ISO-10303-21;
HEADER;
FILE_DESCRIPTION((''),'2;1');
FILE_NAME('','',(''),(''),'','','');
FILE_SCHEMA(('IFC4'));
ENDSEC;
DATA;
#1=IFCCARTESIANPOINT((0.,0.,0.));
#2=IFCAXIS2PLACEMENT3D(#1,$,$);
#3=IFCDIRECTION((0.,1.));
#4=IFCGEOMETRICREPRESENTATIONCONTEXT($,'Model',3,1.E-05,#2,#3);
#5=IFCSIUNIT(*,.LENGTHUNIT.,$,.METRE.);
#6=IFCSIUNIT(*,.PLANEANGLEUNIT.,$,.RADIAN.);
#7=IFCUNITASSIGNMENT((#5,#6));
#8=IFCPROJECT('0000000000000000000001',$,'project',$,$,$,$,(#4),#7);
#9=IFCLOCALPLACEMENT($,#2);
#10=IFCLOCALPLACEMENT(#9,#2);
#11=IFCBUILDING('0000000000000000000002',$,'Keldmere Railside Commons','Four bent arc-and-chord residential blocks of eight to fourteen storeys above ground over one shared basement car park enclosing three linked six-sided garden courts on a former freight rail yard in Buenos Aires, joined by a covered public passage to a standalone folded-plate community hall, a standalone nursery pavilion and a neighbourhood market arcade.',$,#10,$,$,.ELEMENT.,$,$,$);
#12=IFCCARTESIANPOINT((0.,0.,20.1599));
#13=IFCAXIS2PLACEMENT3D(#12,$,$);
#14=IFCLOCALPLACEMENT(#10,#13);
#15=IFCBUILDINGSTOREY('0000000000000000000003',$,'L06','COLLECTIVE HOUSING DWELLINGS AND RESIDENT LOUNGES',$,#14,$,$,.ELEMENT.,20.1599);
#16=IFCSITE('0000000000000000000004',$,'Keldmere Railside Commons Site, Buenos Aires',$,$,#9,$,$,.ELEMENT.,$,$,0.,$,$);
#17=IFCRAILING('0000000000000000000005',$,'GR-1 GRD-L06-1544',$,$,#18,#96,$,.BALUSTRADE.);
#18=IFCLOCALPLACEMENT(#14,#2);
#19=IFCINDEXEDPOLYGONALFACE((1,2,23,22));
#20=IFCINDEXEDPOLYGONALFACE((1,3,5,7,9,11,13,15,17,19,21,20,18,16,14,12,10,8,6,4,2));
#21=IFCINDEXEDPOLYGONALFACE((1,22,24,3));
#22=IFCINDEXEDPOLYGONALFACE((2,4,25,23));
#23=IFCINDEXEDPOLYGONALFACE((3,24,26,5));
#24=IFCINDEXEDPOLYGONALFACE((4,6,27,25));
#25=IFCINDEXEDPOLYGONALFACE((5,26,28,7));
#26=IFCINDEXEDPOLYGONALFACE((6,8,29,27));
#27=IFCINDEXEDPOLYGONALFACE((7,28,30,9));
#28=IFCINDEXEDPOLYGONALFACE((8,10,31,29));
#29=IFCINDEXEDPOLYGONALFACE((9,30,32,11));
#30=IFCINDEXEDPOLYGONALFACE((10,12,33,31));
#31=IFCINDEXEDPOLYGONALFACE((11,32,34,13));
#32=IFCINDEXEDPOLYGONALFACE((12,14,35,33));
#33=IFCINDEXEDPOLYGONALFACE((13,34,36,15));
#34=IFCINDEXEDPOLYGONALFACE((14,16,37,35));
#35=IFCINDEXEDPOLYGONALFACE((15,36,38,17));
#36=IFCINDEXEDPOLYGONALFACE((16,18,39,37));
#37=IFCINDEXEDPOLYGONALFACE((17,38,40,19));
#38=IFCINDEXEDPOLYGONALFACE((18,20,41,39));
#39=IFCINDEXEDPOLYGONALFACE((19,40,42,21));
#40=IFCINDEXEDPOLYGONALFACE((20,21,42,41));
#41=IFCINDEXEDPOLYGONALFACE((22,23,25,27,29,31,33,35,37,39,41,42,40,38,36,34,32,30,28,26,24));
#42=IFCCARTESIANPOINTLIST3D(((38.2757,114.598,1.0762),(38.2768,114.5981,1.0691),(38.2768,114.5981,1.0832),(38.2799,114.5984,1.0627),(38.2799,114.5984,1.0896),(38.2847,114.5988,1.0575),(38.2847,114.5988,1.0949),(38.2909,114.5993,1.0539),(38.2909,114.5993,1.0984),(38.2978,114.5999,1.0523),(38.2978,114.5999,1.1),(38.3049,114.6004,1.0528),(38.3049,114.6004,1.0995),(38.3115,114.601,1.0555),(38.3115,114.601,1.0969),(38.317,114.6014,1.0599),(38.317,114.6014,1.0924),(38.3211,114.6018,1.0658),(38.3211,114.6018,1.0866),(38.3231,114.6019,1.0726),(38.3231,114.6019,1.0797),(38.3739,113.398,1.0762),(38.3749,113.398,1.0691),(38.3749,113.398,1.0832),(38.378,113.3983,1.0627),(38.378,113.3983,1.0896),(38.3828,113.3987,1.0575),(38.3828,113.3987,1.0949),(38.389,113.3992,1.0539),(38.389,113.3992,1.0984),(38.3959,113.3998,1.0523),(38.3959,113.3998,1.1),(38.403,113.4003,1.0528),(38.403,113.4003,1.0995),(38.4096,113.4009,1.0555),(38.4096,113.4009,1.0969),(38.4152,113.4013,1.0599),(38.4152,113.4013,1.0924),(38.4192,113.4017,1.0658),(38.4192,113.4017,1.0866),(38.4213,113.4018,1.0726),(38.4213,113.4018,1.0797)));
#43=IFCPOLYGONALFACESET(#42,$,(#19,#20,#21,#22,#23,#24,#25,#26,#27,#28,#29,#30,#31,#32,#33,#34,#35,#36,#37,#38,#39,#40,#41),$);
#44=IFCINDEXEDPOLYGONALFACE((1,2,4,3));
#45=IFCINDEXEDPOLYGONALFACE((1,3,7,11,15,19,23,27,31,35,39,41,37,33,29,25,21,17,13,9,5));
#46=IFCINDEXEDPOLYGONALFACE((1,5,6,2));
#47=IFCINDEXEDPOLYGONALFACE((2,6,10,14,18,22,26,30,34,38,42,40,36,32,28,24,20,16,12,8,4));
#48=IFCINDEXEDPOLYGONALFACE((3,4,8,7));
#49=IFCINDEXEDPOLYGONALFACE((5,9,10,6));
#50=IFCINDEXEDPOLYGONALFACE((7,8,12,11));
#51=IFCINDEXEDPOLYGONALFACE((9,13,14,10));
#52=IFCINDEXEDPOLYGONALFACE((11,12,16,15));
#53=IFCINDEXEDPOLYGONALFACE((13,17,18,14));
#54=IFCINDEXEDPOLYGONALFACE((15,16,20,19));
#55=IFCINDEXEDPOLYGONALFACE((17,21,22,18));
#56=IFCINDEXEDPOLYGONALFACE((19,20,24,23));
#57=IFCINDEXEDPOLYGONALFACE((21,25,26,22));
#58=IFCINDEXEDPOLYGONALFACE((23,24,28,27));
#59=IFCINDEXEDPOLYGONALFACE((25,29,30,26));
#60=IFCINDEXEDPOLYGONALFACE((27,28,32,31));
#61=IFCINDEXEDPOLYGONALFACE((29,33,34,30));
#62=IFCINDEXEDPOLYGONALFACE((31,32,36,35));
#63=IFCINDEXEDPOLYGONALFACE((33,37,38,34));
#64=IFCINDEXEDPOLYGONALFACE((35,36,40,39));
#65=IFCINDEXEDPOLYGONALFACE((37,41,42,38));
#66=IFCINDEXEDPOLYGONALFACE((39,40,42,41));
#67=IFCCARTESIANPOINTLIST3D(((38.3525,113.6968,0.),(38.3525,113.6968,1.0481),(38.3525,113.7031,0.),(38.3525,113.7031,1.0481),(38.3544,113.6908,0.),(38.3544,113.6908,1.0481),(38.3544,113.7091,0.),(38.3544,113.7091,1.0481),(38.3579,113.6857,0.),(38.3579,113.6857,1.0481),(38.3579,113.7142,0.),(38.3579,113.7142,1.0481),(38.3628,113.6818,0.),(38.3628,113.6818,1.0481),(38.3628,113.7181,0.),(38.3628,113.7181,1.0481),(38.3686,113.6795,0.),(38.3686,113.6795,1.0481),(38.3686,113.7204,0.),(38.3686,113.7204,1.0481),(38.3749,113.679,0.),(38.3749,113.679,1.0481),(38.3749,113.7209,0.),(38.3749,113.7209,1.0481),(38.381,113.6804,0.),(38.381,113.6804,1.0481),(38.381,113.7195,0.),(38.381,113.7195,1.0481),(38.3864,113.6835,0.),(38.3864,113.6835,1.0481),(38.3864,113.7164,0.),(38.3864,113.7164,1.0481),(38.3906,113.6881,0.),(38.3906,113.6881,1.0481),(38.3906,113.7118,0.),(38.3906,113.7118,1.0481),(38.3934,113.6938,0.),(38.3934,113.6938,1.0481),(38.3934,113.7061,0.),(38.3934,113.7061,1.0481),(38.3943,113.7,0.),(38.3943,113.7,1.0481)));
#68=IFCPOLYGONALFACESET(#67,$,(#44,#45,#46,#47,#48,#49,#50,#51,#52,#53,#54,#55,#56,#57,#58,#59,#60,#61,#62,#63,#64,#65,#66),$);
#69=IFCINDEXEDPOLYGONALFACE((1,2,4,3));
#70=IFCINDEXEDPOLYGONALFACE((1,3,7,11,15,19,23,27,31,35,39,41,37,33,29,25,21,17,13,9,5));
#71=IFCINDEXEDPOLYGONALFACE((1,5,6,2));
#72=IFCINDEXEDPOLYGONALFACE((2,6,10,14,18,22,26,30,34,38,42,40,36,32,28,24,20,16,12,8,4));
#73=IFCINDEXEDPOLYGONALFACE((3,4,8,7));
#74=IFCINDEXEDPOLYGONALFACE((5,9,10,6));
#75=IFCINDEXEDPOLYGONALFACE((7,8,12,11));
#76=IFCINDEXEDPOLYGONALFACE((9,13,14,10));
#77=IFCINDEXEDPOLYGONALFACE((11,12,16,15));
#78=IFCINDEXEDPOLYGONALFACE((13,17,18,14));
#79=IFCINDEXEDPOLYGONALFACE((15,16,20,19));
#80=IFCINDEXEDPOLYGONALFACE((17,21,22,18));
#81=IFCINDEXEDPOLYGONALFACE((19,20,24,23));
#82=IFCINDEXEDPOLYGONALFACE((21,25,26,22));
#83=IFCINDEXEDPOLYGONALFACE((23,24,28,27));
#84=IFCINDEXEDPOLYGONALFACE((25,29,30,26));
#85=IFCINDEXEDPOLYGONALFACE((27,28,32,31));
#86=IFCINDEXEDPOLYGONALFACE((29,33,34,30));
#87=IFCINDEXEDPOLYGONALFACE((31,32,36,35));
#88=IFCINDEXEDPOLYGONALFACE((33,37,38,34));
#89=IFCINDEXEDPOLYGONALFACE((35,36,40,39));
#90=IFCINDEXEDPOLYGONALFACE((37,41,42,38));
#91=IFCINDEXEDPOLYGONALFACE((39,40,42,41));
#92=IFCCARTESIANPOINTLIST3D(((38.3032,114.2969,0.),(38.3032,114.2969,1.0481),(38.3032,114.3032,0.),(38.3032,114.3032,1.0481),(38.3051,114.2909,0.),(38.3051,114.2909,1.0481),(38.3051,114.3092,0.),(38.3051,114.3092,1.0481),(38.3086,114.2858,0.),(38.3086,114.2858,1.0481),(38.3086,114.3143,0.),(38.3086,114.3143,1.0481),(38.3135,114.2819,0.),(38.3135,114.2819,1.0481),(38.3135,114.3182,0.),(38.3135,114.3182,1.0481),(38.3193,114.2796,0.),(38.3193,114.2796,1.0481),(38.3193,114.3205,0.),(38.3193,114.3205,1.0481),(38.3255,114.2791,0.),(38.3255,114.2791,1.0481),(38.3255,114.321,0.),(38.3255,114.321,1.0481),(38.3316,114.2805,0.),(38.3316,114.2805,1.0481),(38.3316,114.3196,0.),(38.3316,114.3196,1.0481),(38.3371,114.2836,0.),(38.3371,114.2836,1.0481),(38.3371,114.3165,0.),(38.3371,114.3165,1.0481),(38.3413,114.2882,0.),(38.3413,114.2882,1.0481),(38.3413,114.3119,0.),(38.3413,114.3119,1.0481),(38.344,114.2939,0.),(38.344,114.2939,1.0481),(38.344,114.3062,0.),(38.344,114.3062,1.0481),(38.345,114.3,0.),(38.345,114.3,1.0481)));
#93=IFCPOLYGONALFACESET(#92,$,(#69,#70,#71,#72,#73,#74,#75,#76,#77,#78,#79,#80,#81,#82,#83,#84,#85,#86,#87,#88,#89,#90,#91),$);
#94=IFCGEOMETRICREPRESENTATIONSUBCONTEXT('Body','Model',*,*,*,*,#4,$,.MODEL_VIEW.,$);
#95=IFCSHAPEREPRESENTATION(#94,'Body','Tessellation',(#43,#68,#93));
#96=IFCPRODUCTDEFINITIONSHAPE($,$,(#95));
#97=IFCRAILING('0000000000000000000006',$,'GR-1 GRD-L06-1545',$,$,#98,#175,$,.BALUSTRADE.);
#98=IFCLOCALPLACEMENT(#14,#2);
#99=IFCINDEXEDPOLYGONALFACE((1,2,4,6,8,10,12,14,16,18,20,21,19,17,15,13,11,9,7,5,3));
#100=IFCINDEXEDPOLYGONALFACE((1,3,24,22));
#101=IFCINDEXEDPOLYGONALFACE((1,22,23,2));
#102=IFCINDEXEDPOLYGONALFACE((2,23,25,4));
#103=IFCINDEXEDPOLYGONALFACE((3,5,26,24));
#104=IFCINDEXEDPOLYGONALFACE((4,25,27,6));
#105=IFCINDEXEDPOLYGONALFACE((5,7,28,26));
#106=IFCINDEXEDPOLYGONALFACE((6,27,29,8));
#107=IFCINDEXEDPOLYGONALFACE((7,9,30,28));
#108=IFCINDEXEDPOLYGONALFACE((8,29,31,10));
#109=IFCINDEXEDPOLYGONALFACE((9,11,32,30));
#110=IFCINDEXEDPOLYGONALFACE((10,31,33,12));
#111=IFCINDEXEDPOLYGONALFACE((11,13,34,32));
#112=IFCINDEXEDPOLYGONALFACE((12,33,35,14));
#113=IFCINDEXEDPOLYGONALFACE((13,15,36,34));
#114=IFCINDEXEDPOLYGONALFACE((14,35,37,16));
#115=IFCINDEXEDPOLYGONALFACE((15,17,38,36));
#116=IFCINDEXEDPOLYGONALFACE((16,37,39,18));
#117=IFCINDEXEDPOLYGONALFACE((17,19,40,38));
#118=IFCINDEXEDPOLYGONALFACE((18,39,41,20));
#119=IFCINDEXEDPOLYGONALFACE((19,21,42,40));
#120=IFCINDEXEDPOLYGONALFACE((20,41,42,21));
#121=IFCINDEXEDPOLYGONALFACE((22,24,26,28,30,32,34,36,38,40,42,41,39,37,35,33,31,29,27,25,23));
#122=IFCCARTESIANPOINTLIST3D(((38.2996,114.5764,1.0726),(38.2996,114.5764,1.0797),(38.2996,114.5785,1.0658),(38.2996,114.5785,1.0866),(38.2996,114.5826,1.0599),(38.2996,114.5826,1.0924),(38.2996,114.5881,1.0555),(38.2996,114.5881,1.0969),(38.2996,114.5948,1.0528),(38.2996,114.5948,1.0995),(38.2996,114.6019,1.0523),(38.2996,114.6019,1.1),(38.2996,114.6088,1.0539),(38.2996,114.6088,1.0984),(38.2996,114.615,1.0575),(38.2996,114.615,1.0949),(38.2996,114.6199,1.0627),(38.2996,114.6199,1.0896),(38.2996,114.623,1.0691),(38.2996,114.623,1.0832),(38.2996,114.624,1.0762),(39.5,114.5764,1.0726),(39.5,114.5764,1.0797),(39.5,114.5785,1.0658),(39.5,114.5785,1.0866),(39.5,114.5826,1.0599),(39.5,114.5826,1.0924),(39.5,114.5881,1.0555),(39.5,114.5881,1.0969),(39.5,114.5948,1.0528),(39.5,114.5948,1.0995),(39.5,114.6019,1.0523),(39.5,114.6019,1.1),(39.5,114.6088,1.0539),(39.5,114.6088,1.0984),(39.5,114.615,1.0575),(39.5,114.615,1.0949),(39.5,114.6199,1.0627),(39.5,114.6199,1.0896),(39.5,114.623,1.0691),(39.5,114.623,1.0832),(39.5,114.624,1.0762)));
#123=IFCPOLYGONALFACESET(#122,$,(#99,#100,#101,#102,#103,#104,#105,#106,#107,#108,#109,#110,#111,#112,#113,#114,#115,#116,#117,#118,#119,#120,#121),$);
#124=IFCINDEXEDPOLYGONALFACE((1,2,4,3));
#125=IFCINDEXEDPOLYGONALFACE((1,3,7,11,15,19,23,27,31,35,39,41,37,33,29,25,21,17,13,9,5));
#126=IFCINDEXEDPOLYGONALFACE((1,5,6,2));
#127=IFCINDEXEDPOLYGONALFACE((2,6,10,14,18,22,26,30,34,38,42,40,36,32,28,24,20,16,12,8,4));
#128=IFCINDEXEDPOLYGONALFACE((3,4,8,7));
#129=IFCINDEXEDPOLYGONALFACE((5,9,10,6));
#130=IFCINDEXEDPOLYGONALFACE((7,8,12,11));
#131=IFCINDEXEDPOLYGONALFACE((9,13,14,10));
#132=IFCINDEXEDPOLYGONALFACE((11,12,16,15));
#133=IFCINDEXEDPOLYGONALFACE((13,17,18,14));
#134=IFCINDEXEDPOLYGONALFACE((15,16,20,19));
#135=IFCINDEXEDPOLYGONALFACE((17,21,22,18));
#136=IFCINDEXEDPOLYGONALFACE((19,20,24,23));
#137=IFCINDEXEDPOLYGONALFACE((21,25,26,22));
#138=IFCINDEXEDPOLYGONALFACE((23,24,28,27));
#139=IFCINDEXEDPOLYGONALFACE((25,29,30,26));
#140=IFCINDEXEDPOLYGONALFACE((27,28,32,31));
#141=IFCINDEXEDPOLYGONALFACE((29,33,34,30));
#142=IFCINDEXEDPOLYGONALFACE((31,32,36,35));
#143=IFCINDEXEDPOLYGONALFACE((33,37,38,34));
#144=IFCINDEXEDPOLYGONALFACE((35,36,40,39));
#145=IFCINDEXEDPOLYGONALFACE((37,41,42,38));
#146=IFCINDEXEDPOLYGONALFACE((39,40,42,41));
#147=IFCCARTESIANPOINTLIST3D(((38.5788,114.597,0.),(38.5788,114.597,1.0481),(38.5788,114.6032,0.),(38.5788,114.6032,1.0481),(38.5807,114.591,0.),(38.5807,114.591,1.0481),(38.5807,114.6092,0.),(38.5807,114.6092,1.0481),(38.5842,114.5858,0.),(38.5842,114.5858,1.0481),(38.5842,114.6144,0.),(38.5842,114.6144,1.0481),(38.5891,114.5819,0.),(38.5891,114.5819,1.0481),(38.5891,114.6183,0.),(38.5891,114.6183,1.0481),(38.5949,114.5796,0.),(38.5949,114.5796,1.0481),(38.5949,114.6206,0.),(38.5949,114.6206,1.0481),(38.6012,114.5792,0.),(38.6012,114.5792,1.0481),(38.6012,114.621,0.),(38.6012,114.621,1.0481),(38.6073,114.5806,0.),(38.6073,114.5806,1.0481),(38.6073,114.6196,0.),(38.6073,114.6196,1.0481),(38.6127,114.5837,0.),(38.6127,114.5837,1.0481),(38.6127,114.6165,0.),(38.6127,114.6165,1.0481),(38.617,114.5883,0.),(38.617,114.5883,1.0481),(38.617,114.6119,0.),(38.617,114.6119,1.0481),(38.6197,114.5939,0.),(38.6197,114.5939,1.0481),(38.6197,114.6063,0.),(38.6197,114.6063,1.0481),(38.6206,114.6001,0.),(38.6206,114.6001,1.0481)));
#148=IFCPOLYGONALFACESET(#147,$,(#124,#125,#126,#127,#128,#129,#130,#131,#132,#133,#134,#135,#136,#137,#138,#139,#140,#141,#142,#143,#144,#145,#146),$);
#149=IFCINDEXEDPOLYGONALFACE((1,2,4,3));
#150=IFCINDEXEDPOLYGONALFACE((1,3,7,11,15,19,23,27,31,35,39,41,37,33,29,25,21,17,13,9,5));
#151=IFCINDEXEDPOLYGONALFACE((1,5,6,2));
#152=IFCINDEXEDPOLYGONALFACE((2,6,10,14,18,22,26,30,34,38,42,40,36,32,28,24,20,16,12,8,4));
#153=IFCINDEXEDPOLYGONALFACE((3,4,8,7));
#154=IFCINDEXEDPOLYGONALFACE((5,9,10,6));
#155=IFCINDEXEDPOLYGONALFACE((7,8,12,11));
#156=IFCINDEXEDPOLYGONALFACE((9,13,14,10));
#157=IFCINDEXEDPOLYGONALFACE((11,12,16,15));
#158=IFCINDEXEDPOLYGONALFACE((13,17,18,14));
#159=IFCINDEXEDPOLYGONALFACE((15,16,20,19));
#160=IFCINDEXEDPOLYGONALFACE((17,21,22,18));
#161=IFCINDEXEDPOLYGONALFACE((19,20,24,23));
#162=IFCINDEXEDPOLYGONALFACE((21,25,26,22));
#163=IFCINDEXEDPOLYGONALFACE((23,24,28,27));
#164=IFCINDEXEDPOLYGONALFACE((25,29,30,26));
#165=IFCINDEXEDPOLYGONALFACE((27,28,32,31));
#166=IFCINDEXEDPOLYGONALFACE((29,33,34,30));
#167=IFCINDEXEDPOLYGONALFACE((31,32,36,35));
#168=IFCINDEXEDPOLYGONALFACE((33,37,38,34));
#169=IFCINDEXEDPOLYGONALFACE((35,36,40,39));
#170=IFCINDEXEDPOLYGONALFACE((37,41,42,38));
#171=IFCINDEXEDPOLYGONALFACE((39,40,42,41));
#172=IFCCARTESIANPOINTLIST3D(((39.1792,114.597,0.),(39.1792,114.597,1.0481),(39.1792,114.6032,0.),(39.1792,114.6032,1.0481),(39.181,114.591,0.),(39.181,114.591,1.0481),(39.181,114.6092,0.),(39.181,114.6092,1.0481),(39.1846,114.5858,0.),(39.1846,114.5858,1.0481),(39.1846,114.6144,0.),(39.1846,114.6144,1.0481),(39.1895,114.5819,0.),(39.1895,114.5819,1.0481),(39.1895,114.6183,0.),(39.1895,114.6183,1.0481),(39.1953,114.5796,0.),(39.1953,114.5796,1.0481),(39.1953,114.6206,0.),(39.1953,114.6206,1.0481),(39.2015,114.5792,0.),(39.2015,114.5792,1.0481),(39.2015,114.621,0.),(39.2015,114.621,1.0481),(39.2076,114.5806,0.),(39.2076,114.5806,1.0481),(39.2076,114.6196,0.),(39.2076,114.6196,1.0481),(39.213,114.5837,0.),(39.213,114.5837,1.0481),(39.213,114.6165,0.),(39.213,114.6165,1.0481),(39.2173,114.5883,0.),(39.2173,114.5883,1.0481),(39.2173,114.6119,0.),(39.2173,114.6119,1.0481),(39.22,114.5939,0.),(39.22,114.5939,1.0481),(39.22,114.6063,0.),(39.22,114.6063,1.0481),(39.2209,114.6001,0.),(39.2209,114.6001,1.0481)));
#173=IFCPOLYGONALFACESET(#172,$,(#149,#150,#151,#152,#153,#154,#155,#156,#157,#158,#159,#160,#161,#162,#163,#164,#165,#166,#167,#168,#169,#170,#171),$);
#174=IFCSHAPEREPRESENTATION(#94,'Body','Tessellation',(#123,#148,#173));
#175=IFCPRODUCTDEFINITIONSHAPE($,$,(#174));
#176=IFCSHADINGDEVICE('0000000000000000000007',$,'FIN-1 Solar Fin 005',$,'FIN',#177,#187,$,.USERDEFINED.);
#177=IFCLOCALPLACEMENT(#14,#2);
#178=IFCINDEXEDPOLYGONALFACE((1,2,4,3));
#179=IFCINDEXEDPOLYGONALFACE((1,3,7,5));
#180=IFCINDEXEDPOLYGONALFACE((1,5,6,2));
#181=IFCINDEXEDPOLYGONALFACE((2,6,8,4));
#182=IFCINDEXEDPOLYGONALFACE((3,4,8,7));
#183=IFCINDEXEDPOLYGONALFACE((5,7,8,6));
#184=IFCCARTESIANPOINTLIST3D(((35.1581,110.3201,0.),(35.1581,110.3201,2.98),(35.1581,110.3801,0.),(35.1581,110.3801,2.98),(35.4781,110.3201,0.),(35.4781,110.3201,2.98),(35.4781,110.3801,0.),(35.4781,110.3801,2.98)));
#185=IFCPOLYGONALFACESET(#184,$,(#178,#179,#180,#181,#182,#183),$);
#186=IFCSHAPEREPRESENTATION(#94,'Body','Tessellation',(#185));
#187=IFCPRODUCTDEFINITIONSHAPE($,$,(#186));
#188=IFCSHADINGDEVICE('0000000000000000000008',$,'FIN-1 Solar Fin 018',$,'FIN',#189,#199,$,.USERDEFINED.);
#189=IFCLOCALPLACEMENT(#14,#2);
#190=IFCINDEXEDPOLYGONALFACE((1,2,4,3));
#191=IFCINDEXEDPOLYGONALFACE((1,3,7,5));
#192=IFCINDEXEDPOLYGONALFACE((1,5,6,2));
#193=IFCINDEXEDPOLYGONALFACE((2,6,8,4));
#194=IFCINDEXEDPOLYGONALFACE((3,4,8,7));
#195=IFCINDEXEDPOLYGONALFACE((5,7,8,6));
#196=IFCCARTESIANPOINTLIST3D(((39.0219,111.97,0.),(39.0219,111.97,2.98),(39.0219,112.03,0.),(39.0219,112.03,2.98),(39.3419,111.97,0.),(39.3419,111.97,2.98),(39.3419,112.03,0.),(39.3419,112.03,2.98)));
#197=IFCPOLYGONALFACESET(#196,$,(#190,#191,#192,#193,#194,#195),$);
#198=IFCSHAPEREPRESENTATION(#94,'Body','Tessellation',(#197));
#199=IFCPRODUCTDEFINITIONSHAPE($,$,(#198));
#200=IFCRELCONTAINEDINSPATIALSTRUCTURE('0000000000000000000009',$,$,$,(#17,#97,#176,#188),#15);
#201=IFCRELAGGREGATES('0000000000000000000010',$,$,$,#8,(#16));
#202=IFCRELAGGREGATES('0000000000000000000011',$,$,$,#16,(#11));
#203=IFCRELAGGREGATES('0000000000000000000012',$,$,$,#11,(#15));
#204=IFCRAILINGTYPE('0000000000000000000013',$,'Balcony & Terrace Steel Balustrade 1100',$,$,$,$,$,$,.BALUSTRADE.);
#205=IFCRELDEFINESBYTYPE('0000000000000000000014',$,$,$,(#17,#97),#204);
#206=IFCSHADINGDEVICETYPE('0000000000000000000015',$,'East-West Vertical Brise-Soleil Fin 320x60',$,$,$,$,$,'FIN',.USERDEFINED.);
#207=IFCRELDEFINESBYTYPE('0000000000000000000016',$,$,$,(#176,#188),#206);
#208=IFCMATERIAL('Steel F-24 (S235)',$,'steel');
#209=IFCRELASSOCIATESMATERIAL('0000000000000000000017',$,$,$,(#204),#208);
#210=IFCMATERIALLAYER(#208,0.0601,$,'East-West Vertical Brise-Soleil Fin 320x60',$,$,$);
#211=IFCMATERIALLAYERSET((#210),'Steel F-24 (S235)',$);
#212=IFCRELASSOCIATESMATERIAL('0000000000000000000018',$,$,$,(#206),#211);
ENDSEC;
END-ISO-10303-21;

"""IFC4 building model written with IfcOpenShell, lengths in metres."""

from ifc_helpers import new_model, si_unit, direction, frame, origin, origin_2d, place, context, subcontext, project, spatial, rectangle, circle, extrude, material, layer, layer_set, type_object, element, save


model = new_model("IFC4")

# Units and contexts
model_context = context("Model", 3, precision=1e-05, world=origin(), true_north=direction((0.0, 1.0)))
body_context = subcontext(model_context, "Body", "Model", "MODEL_VIEW")
ifc_project = project(units=[si_unit("LENGTHUNIT", "METRE"), si_unit("PLANEANGLEUNIT", "RADIAN")], contexts=[model_context])

# Site, building, storey
site_placement = place(None, origin())
site = spatial("IfcSite", under=ifc_project, at=site_placement, Name="Keldmere Railside Commons Site, Buenos Aires", CompositionType="ELEMENT", RefElevation=0.0)
building_placement = place(site_placement, origin())
building = spatial("IfcBuilding", under=site, at=building_placement, Name="Keldmere Railside Commons", Description="Four bent arc-and-chord residential blocks of eight to fourteen storeys above ground over one shared basement car park enclosing three linked six-sided garden courts on a former freight rail yard in Buenos Aires, joined by a covered public passage to a standalone folded-plate community hall, a standalone nursery pavilion and a neighbourhood market arcade.", CompositionType="ELEMENT")
storey_placement = place(building_placement, frame((0.0, 0.0, 20.1599)))
storey = spatial("IfcBuildingStorey", under=building, at=storey_placement, Name="L06", Description="COLLECTIVE HOUSING DWELLINGS AND RESIDENT LOUNGES", CompositionType="ELEMENT", Elevation=20.1599)

# Railings
ifc_material_1 = material(Name="Steel F-24 (S235)", Category="steel")
railing_type = type_object("IfcRailingType", Name="Balcony & Terrace Steel Balustrade 1100", PredefinedType="BALUSTRADE", material=ifc_material_1)
railing_1_placement = place(storey_placement, frame((38.3977, 113.3999, 0.0)))
element("IfcRailing", 1, at=railing_1_placement, inside=storey, type_object=railing_type, Name="GR-1 GRD-L06-1544", PredefinedType="BALUSTRADE", context=body_context, shape_type="SweptSolid", body=[
    extrude(circle(Radius=0.0239, at=origin_2d()), frame((0.0, 0.0, 1.0762), z_axis=(-0.081502, 0.996673, 0.0), x_axis=(-0.996673, -0.081502, 0.0)), (0.0, 0.0, 1.0), 1.2041),
    extrude(circle(Radius=0.021, at=origin_2d()), frame((-0.0244, 0.3, 0.0)), (0.0, 0.0, 1.0), 1.0481),
    extrude(circle(Radius=0.021, at=origin_2d()), frame((-0.0737, 0.9001, 0.0)), (0.0, 0.0, 1.0), 1.0481),
])
railing_2_placement = place(storey_placement, frame((38.2996, 114.6001, 0.0)))
element("IfcRailing", 2, at=railing_2_placement, inside=storey, type_object=railing_type, Name="GR-1 GRD-L06-1545", PredefinedType="BALUSTRADE", context=body_context, shape_type="SweptSolid", body=[
    extrude(circle(Radius=0.0239, at=origin_2d()), frame((0.0, 0.0, 1.0762), z_axis=(1.0, 0.0, 0.0), x_axis=(0.0, 1.0, 0.0)), (0.0, 0.0, 1.0), 1.2004),
    extrude(circle(Radius=0.021, at=origin_2d()), frame((0.3, 0.0, 0.0)), (0.0, 0.0, 1.0), 1.0481),
    extrude(circle(Radius=0.021, at=origin_2d()), frame((0.9004, 0.0, 0.0)), (0.0, 0.0, 1.0), 1.0481),
])

# Shading devices
ifc_layer_1 = layer(ifc_material_1, 0.0601, Name="East-West Vertical Brise-Soleil Fin 320x60")
ifc_layer_set_1 = layer_set([ifc_layer_1], Name="Steel F-24 (S235)")
shading_device_type = type_object("IfcShadingDeviceType", Name="East-West Vertical Brise-Soleil Fin 320x60", ElementType="FIN", PredefinedType="USERDEFINED", material=ifc_layer_set_1)
for number, where, z_axis, x_axis, name in (
    (3, (35.3181, 110.3501, 0.0), (0.0, 0.0, 1.0), (1.0, 0.0, 0.0), "FIN-1 Solar Fin 005"),
    (4, (39.1819, 112.0, 0.0), (0.0, 0.0, 1.0), (1.0, 0.0, 0.0), "FIN-1 Solar Fin 018"),
):
    element("IfcShadingDevice", number, at=place(storey_placement, frame(where, z_axis=z_axis, x_axis=x_axis)), inside=storey, type_object=shading_device_type, Name=name, ObjectType="FIN", PredefinedType="USERDEFINED", context=body_context, shape_type="SweptSolid", body=[
        extrude(rectangle(XDim=0.3201, YDim=0.0601, at=origin_2d()), origin(), (0.0, 0.0, 1.0), 2.98),
    ])

save(model, "model.ifc")
